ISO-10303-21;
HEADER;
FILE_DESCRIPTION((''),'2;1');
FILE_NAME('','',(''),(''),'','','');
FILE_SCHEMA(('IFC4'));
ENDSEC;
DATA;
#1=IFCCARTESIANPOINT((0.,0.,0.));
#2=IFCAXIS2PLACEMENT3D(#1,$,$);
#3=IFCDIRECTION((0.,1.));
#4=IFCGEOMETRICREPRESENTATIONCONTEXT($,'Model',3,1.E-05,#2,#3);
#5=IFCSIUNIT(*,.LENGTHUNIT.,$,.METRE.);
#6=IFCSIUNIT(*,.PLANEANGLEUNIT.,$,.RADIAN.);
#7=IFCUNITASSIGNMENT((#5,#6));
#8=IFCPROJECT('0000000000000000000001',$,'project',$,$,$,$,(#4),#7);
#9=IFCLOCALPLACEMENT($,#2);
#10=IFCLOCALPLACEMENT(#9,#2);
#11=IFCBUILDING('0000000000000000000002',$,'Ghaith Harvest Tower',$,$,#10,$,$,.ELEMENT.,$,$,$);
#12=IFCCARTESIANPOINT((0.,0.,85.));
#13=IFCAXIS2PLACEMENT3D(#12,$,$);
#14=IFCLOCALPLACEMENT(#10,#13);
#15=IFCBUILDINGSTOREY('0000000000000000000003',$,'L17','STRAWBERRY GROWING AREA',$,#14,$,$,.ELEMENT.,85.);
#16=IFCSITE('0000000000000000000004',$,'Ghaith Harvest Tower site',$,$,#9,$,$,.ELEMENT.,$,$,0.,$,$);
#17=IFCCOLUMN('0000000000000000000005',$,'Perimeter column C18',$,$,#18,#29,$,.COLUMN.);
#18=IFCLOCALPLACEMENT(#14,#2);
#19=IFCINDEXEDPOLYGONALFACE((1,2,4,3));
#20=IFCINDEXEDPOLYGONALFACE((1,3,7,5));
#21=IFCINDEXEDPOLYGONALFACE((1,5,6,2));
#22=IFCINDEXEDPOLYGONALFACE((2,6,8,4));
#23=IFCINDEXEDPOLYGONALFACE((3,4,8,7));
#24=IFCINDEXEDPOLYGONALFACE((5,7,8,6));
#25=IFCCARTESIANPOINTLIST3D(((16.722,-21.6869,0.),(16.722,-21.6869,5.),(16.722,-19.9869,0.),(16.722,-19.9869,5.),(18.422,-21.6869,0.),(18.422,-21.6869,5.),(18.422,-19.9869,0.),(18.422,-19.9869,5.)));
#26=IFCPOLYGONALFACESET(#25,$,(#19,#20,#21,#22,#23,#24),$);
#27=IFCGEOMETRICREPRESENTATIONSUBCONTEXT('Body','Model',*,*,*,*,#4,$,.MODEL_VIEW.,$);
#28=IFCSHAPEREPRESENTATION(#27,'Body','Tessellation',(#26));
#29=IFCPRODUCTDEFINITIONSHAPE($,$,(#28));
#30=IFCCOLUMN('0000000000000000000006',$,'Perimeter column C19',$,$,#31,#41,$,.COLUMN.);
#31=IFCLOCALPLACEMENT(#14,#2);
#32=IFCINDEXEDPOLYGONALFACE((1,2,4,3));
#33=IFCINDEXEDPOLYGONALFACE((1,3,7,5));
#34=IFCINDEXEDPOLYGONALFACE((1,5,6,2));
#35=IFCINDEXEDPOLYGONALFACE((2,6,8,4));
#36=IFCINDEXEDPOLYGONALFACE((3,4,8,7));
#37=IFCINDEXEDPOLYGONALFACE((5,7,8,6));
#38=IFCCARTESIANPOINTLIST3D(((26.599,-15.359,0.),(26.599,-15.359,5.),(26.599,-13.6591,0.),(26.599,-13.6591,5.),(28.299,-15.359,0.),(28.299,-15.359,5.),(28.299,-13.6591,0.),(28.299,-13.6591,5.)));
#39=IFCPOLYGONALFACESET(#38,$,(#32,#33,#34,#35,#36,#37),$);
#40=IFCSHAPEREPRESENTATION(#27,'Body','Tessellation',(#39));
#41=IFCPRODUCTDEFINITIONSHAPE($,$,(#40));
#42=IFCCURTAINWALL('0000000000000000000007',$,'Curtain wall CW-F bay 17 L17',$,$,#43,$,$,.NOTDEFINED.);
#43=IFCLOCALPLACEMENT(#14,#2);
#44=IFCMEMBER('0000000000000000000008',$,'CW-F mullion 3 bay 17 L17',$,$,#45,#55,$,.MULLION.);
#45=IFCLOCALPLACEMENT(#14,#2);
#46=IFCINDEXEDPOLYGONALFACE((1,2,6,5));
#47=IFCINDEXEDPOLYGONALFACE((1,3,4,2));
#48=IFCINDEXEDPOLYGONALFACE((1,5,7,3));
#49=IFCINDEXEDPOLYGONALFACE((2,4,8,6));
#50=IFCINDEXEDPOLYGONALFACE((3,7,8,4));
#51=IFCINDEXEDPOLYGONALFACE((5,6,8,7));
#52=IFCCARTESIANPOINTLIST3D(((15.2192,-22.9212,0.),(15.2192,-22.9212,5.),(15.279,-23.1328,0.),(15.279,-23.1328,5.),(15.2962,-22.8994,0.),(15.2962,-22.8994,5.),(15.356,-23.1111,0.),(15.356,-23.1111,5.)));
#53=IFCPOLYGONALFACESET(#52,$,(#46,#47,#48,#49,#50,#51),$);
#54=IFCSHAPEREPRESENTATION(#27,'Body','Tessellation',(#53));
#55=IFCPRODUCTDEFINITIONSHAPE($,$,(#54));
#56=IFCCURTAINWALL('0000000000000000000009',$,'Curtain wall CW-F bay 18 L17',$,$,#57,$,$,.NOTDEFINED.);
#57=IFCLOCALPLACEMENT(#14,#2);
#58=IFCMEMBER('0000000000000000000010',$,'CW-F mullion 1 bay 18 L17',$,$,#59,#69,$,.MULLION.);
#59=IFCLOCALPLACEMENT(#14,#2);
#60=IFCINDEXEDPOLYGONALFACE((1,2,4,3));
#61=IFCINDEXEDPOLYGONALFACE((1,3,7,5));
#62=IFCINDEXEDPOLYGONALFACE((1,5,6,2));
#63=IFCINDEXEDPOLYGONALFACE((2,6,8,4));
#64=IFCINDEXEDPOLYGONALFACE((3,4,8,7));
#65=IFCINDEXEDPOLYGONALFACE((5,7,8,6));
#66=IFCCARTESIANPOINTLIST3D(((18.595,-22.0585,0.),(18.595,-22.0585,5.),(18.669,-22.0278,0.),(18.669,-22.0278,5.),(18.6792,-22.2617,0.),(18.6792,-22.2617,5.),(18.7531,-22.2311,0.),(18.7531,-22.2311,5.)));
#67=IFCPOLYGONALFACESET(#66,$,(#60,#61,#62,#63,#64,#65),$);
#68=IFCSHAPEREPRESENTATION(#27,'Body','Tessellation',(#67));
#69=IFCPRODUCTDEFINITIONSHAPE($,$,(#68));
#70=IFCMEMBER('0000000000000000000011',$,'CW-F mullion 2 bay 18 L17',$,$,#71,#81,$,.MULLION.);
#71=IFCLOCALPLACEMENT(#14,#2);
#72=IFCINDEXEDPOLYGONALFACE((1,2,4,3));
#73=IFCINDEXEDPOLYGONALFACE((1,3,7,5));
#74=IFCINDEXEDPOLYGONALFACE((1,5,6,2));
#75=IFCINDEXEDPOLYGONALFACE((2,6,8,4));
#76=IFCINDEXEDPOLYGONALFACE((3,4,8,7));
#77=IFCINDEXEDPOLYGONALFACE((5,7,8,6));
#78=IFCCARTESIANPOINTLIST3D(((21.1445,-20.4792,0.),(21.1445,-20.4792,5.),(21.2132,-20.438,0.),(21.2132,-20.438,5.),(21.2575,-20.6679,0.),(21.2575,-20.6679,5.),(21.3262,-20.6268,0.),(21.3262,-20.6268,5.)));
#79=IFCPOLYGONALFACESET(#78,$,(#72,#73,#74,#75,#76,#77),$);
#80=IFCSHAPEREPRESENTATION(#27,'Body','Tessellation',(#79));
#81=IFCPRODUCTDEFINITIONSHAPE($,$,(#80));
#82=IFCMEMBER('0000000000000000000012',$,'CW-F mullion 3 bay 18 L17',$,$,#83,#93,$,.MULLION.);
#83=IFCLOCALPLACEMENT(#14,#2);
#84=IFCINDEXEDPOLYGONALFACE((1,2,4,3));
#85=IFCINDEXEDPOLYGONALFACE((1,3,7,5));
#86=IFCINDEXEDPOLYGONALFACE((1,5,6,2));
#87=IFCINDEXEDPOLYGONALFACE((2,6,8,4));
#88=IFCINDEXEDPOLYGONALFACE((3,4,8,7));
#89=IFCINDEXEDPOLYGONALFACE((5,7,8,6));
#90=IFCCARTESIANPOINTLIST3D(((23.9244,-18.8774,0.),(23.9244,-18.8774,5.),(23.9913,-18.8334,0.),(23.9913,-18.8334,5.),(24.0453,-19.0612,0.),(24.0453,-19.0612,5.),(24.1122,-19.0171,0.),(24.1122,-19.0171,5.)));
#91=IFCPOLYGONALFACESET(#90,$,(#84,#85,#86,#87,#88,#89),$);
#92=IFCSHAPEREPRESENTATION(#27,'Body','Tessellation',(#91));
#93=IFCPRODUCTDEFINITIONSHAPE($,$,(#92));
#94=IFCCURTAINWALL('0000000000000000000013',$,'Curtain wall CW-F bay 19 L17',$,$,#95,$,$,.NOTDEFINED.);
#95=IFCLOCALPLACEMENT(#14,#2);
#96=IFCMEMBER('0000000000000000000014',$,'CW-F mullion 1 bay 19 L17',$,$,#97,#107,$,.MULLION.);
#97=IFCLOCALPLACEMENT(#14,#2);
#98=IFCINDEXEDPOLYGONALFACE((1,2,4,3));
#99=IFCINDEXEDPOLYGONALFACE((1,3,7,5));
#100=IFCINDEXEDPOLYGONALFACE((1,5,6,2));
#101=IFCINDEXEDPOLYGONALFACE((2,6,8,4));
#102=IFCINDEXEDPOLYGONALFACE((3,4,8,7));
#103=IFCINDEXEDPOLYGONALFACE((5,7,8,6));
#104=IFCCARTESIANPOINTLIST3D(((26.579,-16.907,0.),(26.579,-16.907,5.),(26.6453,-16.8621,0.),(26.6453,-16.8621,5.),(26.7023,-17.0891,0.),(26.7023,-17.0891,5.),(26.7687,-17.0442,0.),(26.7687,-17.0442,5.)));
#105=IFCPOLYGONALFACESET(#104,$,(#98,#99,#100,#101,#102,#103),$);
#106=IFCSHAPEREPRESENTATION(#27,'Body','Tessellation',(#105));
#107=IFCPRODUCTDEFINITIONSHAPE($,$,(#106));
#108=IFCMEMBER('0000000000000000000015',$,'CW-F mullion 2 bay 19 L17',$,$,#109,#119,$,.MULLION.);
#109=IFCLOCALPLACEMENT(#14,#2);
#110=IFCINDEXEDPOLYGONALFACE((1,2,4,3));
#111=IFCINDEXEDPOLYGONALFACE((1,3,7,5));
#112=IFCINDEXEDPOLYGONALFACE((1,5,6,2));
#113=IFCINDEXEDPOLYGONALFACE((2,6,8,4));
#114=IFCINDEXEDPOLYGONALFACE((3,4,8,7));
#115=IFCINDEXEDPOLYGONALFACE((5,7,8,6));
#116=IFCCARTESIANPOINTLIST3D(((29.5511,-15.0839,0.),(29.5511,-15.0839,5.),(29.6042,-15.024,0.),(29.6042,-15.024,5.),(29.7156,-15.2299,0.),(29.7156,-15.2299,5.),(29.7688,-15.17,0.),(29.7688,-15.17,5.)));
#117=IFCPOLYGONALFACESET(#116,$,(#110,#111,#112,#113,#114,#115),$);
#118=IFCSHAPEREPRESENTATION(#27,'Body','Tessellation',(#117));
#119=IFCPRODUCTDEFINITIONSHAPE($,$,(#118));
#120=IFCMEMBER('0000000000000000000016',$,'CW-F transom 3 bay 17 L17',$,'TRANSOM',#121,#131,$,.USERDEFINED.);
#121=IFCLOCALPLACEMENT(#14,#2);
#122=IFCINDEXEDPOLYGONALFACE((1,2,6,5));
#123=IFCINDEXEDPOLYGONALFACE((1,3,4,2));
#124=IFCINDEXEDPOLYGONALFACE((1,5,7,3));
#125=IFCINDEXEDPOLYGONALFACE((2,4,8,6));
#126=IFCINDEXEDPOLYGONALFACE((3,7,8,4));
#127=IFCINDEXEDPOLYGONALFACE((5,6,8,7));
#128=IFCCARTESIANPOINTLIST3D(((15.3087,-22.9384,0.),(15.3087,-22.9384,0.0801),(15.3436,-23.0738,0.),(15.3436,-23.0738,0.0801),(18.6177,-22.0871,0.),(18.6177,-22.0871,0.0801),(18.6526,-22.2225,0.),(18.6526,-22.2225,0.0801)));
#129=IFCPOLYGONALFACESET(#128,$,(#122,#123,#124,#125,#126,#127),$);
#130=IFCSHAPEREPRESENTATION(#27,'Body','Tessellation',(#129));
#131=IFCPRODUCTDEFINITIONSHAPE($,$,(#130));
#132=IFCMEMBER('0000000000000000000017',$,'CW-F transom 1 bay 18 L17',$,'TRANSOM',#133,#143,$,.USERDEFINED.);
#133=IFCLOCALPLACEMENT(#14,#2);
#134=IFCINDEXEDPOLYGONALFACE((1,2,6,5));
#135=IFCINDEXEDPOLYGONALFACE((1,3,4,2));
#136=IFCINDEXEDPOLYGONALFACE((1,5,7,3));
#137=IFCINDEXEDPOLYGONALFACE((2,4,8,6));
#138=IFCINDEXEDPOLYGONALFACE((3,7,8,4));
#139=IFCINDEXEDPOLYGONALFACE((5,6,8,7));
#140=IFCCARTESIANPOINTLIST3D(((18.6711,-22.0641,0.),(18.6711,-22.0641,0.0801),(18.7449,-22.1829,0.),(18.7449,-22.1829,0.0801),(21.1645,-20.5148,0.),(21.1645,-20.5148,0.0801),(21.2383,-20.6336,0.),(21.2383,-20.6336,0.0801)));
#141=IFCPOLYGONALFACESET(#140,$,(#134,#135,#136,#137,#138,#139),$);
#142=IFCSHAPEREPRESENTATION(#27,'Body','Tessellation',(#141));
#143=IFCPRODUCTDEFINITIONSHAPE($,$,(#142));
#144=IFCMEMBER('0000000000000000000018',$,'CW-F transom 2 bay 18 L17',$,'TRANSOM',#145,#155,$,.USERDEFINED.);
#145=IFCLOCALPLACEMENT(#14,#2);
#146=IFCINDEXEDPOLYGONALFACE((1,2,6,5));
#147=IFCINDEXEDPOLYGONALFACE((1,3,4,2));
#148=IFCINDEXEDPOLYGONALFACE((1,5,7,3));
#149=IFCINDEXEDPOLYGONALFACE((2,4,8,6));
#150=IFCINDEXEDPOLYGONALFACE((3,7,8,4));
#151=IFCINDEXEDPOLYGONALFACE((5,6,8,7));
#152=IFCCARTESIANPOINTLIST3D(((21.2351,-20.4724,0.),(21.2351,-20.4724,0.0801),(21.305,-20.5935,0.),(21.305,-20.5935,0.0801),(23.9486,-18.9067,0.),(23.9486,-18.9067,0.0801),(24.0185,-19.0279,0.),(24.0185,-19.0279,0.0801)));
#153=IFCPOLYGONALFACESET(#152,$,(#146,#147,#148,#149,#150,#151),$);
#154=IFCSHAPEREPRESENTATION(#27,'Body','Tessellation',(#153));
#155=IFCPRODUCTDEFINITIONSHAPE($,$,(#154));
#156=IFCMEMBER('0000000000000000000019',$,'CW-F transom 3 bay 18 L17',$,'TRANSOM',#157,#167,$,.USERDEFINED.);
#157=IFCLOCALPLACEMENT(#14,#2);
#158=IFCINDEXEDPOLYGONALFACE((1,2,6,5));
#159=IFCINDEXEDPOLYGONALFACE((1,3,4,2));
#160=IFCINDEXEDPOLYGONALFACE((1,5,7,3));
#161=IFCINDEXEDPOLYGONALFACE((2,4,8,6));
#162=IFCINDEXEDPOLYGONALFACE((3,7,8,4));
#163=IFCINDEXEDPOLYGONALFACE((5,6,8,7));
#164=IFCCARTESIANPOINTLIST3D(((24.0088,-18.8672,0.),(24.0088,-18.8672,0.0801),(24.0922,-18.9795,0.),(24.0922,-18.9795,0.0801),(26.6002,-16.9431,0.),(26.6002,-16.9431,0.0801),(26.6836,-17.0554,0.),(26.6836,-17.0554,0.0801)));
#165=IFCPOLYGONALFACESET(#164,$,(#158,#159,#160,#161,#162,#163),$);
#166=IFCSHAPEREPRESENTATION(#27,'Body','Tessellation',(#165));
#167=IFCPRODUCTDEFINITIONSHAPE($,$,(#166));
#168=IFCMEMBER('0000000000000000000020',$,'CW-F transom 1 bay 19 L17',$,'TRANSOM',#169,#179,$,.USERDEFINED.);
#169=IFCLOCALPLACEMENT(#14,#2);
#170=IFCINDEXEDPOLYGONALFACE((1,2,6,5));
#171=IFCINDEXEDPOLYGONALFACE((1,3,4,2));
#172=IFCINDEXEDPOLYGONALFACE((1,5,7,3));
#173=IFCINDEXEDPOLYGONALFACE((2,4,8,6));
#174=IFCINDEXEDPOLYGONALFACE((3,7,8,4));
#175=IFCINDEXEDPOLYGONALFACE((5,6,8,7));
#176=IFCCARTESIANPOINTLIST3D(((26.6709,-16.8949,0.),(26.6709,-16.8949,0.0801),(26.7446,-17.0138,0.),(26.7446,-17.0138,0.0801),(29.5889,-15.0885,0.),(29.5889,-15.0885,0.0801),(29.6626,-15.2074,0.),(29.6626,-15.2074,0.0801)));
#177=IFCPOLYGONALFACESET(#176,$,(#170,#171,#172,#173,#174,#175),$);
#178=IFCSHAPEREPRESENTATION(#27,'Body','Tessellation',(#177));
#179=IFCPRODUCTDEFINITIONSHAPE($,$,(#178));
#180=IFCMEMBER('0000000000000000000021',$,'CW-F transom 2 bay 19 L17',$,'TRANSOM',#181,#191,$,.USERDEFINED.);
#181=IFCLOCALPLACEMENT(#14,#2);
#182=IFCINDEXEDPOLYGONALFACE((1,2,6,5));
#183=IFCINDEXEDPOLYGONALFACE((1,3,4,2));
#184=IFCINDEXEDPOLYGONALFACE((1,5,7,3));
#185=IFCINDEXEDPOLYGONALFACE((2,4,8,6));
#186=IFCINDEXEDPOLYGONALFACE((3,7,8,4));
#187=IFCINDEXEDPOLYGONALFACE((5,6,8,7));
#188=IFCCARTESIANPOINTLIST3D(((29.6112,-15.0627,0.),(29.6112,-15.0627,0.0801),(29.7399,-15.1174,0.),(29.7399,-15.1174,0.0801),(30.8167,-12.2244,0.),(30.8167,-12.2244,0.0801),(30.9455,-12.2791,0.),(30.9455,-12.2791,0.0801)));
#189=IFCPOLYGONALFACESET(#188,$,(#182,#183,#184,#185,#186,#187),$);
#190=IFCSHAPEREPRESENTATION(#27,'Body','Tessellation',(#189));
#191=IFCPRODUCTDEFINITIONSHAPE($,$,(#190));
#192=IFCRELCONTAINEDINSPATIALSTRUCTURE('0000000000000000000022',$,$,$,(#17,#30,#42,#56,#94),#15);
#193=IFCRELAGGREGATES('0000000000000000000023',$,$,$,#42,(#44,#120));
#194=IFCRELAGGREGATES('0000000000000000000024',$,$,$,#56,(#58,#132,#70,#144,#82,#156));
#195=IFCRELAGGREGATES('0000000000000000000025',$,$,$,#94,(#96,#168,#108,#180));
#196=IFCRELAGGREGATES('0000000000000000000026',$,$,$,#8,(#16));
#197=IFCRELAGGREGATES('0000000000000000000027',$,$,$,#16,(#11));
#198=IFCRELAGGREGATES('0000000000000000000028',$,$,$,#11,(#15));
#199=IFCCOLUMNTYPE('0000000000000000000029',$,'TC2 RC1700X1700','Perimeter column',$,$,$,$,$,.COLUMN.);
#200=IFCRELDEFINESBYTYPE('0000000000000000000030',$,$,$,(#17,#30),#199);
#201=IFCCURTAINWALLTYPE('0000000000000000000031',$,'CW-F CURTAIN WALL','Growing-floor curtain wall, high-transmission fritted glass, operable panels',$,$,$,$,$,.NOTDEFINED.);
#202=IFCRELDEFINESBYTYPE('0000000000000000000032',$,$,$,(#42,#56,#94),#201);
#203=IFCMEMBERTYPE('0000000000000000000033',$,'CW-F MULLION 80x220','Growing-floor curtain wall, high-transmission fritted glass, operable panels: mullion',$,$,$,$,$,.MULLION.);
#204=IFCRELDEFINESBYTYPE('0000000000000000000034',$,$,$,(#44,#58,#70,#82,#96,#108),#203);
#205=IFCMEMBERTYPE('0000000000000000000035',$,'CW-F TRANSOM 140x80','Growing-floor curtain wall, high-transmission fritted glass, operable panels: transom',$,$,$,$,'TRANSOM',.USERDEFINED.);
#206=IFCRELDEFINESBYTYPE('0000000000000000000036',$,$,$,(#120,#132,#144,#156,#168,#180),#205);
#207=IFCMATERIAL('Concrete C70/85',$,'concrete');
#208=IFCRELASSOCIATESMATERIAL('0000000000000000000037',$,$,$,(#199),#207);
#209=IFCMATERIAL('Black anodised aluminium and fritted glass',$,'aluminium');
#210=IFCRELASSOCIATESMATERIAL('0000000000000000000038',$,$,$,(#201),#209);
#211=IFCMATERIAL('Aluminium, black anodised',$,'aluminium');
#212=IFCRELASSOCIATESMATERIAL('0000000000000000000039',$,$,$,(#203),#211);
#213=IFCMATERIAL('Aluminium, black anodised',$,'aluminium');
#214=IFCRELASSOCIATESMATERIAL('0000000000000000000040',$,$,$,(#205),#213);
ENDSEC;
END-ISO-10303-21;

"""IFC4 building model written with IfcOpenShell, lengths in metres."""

from ifc_helpers import new_model, si_unit, direction, frame, origin, origin_2d, place, context, subcontext, project, spatial, rectangle, extrude, material, material_profile, profile_set, type_object, element, aggregate, save


model = new_model("IFC4")

# Units and contexts
model_context = context("Model", 3, precision=1e-05, world=origin(), true_north=direction((0.0, 1.0)))
body_context = subcontext(model_context, "Body", "Model", "MODEL_VIEW")
ifc_project = project(units=[si_unit("LENGTHUNIT", "METRE"), si_unit("PLANEANGLEUNIT", "RADIAN")], contexts=[model_context])

# Site, building, storey
site_placement = place(None, origin())
site = spatial("IfcSite", under=ifc_project, at=site_placement, Name="Ghaith Harvest Tower site", CompositionType="ELEMENT", RefElevation=0.0)
building_placement = place(site_placement, origin())
building = spatial("IfcBuilding", under=site, at=building_placement, Name="Ghaith Harvest Tower", CompositionType="ELEMENT")
storey_placement = place(building_placement, frame((0.0, 0.0, 85.0)))
storey = spatial("IfcBuildingStorey", under=building, at=storey_placement, Name="L17", Description="STRAWBERRY GROWING AREA", CompositionType="ELEMENT", Elevation=85.0)

# Columns
ifc_material_1 = material(Name="Concrete C70/85", Category="concrete")
ifc_material_profile_1 = material_profile(ifc_material_1, rectangle(XDim=1.7, YDim=1.7, at=origin_2d()), Name="RC1700X1700")
ifc_profile_set_1 = profile_set([ifc_material_profile_1], Name="Concrete C70/85")
column_type = type_object("IfcColumnType", Name="TC2 RC1700X1700", Description="Perimeter column", PredefinedType="COLUMN", material=ifc_profile_set_1)
for number, where, z_axis, x_axis, name in (
    (1, (17.572, -20.8369, 0.0), (0.0, 0.0, 1.0), (1.0, 0.0, 0.0), "Perimeter column C18"),
    (2, (27.449, -14.509, 0.0), (0.0, 0.0, 1.0), (1.0, 0.0, 0.0), "Perimeter column C19"),
):
    element("IfcColumn", number, at=place(storey_placement, frame(where, z_axis=z_axis, x_axis=x_axis)), inside=storey, type_object=column_type, Name=name, PredefinedType="COLUMN", context=body_context, shape_type="SweptSolid", body=[
        extrude(rectangle(XDim=1.7, YDim=1.7, at=origin_2d()), origin(), (0.0, 0.0, 1.0), 5.0),
    ])

# Curtain wall, member
ifc_material_2 = material(Name="Black anodised aluminium and fritted glass", Category="aluminium")
curtain_wall_type = type_object("IfcCurtainWallType", Name="CW-F CURTAIN WALL", Description="Growing-floor curtain wall, high-transmission fritted glass, operable panels", PredefinedType="NOTDEFINED", material=ifc_material_2)
curtain_wall_1_placement = place(storey_placement, origin())
curtain_wall_1 = element("IfcCurtainWall", 3, at=curtain_wall_1_placement, inside=storey, type_object=curtain_wall_type, Name="Curtain wall CW-F bay 17 L17", PredefinedType="NOTDEFINED")
ifc_material_3 = material(Name="Aluminium, black anodised", Category="aluminium")
ifc_material_profile_2 = material_profile(ifc_material_3, rectangle(XDim=0.0801, YDim=0.22, at=origin_2d()), Name="CW-F MULLION 80x220")
ifc_profile_set_2 = profile_set([ifc_material_profile_2], Name="Aluminium, black anodised")
member_type_1 = type_object("IfcMemberType", Name="CW-F MULLION 80x220", Description="Growing-floor curtain wall, high-transmission fritted glass, operable panels: mullion", PredefinedType="MULLION", material=ifc_profile_set_2)
member_1_placement = place(storey_placement, frame((15.2876, -23.0161, 0.0), z_axis=(0.0, 0.0, 1.0), x_axis=(0.962313, 0.271944, 0.0)))
member_1 = element("IfcMember", 4, at=member_1_placement, type_object=member_type_1, Name="CW-F mullion 3 bay 17 L17", PredefinedType="MULLION", context=body_context, shape_type="SweptSolid", body=[
    extrude(rectangle(XDim=0.0801, YDim=0.22, at=origin_2d()), origin(), (0.0, 0.0, 1.0), 5.0),
])

# Curtain walls, members
curtain_wall_2_placement = place(storey_placement, origin())
curtain_wall_2 = element("IfcCurtainWall", 5, at=curtain_wall_2_placement, inside=storey, type_object=curtain_wall_type, Name="Curtain wall CW-F bay 18 L17", PredefinedType="NOTDEFINED")
member_2_placement = place(storey_placement, frame((18.6741, -22.1448, 0.0), z_axis=(0.0, 0.0, 1.0), x_axis=(0.92391, 0.382609, 0.0)))
member_2 = element("IfcMember", 6, at=member_2_placement, type_object=member_type_1, Name="CW-F mullion 1 bay 18 L17", PredefinedType="MULLION", context=body_context, shape_type="SweptSolid", body=[
    extrude(rectangle(XDim=0.0801, YDim=0.22, at=origin_2d()), origin(), (0.0, 0.0, 1.0), 5.0),
])
member_3_placement = place(storey_placement, frame((21.2354, -20.553, 0.0), z_axis=(0.0, 0.0, 1.0), x_axis=(0.85814, 0.513415, 0.0)))
member_3 = element("IfcMember", 7, at=member_3_placement, type_object=member_type_1, Name="CW-F mullion 2 bay 18 L17", PredefinedType="MULLION", context=body_context, shape_type="SweptSolid", body=[
    extrude(rectangle(XDim=0.0801, YDim=0.22, at=origin_2d()), origin(), (0.0, 0.0, 1.0), 5.0),
])
member_4_placement = place(storey_placement, frame((24.0183, -18.9473, 0.0), z_axis=(0.0, 0.0, 1.0), x_axis=(0.835444, 0.549576, 0.0)))
member_4 = element("IfcMember", 8, at=member_4_placement, type_object=member_type_1, Name="CW-F mullion 3 bay 18 L17", PredefinedType="MULLION", context=body_context, shape_type="SweptSolid", body=[
    extrude(rectangle(XDim=0.0801, YDim=0.22, at=origin_2d()), origin(), (0.0, 0.0, 1.0), 5.0),
])
curtain_wall_3_placement = place(storey_placement, origin())
curtain_wall_3 = element("IfcCurtainWall", 9, at=curtain_wall_3_placement, inside=storey, type_object=curtain_wall_type, Name="Curtain wall CW-F bay 19 L17", PredefinedType="NOTDEFINED")
member_5_placement = place(storey_placement, frame((26.6738, -16.9756, 0.0), z_axis=(0.0, 0.0, 1.0), x_axis=(0.828002, 0.560725, 0.0)))
member_5 = element("IfcMember", 10, at=member_5_placement, type_object=member_type_1, Name="CW-F mullion 1 bay 19 L17", PredefinedType="MULLION", context=body_context, shape_type="SweptSolid", body=[
    extrude(rectangle(XDim=0.0801, YDim=0.22, at=origin_2d()), origin(), (0.0, 0.0, 1.0), 5.0),
])
member_6_placement = place(storey_placement, frame((29.6599, -15.127, 0.0), z_axis=(0.0, 0.0, 1.0), x_axis=(0.663605, 0.748083, 0.0)))
member_6 = element("IfcMember", 11, at=member_6_placement, type_object=member_type_1, Name="CW-F mullion 2 bay 19 L17", PredefinedType="MULLION", context=body_context, shape_type="SweptSolid", body=[
    extrude(rectangle(XDim=0.0801, YDim=0.22, at=origin_2d()), origin(), (0.0, 0.0, 1.0), 5.0),
])

# Members
ifc_material_4 = material(Name="Aluminium, black anodised", Category="aluminium")
ifc_material_profile_3 = material_profile(ifc_material_4, rectangle(XDim=0.1399, YDim=0.0801, at=origin_2d()), Name="CW-F TRANSOM 140x80")
ifc_profile_set_3 = profile_set([ifc_material_profile_3], Name="Aluminium, black anodised")
member_type_2 = type_object("IfcMemberType", Name="CW-F TRANSOM 140x80", Description="Growing-floor curtain wall, high-transmission fritted glass, operable panels: transom", ElementType="TRANSOM", PredefinedType="USERDEFINED", material=ifc_profile_set_3)
member_7_placement = place(storey_placement, frame((15.3262, -23.0061, 0.04), z_axis=(0.968464, 0.249154, 0.0), x_axis=(-0.249154, 0.968464, 0.0)))
member_7 = element("IfcMember", 12, at=member_7_placement, type_object=member_type_2, Name="CW-F transom 3 bay 17 L17", ObjectType="TRANSOM", PredefinedType="USERDEFINED", context=body_context, shape_type="SweptSolid", body=[
    extrude(rectangle(XDim=0.1399, YDim=0.0801, at=origin_2d()), origin(), (0.0, 0.0, 1.0), 3.4167),
])
member_8_placement = place(storey_placement, frame((18.708, -22.1235, 0.04), z_axis=(0.849383, 0.527777, 0.0), x_axis=(-0.527777, 0.849383, 0.0)))
member_8 = element("IfcMember", 13, at=member_8_placement, type_object=member_type_2, Name="CW-F transom 1 bay 18 L17", ObjectType="TRANSOM", PredefinedType="USERDEFINED", context=body_context, shape_type="SweptSolid", body=[
    extrude(rectangle(XDim=0.1399, YDim=0.0801, at=origin_2d()), origin(), (0.0, 0.0, 1.0), 2.9355),
])
member_9_placement = place(storey_placement, frame((21.27, -20.533, 0.04), z_axis=(0.866169, 0.499752, 0.0), x_axis=(-0.499752, 0.866169, 0.0)))
member_9 = element("IfcMember", 14, at=member_9_placement, type_object=member_type_2, Name="CW-F transom 2 bay 18 L17", ObjectType="TRANSOM", PredefinedType="USERDEFINED", context=body_context, shape_type="SweptSolid", body=[
    extrude(rectangle(XDim=0.1399, YDim=0.0801, at=origin_2d()), origin(), (0.0, 0.0, 1.0), 3.1328),
])
member_10_placement = place(storey_placement, frame((24.0505, -18.9233, 0.04), z_axis=(0.802877, 0.596144, 0.0), x_axis=(-0.596144, 0.802877, 0.0)))
member_10 = element("IfcMember", 15, at=member_10_placement, type_object=member_type_2, Name="CW-F transom 3 bay 18 L17", ObjectType="TRANSOM", PredefinedType="USERDEFINED", context=body_context, shape_type="SweptSolid", body=[
    extrude(rectangle(XDim=0.1399, YDim=0.0801, at=origin_2d()), origin(), (0.0, 0.0, 1.0), 3.2275),
])
member_11_placement = place(storey_placement, frame((26.7078, -16.9543, 0.04), z_axis=(0.850261, 0.526362, 0.0), x_axis=(-0.526362, 0.850261, 0.0)))
member_11 = element("IfcMember", 16, at=member_11_placement, type_object=member_type_2, Name="CW-F transom 1 bay 19 L17", ObjectType="TRANSOM", PredefinedType="USERDEFINED", context=body_context, shape_type="SweptSolid", body=[
    extrude(rectangle(XDim=0.1399, YDim=0.0801, at=origin_2d()), origin(), (0.0, 0.0, 1.0), 3.4319),
])
member_12_placement = place(storey_placement, frame((29.6755, -15.0901, 0.04), z_axis=(0.390936, 0.920418, 0.0), x_axis=(-0.920418, 0.390936, 0.0)))
member_12 = element("IfcMember", 17, at=member_12_placement, type_object=member_type_2, Name="CW-F transom 2 bay 19 L17", ObjectType="TRANSOM", PredefinedType="USERDEFINED", context=body_context, shape_type="SweptSolid", body=[
    extrude(rectangle(XDim=0.1399, YDim=0.0801, at=origin_2d()), origin(), (0.0, 0.0, 1.0), 3.0837),
])

aggregate(curtain_wall_1, [member_1, member_7])
aggregate(curtain_wall_2, [member_2, member_8, member_3, member_9, member_4, member_10])
aggregate(curtain_wall_3, [member_5, member_11, member_6, member_12])

save(model, "model.ifc")
